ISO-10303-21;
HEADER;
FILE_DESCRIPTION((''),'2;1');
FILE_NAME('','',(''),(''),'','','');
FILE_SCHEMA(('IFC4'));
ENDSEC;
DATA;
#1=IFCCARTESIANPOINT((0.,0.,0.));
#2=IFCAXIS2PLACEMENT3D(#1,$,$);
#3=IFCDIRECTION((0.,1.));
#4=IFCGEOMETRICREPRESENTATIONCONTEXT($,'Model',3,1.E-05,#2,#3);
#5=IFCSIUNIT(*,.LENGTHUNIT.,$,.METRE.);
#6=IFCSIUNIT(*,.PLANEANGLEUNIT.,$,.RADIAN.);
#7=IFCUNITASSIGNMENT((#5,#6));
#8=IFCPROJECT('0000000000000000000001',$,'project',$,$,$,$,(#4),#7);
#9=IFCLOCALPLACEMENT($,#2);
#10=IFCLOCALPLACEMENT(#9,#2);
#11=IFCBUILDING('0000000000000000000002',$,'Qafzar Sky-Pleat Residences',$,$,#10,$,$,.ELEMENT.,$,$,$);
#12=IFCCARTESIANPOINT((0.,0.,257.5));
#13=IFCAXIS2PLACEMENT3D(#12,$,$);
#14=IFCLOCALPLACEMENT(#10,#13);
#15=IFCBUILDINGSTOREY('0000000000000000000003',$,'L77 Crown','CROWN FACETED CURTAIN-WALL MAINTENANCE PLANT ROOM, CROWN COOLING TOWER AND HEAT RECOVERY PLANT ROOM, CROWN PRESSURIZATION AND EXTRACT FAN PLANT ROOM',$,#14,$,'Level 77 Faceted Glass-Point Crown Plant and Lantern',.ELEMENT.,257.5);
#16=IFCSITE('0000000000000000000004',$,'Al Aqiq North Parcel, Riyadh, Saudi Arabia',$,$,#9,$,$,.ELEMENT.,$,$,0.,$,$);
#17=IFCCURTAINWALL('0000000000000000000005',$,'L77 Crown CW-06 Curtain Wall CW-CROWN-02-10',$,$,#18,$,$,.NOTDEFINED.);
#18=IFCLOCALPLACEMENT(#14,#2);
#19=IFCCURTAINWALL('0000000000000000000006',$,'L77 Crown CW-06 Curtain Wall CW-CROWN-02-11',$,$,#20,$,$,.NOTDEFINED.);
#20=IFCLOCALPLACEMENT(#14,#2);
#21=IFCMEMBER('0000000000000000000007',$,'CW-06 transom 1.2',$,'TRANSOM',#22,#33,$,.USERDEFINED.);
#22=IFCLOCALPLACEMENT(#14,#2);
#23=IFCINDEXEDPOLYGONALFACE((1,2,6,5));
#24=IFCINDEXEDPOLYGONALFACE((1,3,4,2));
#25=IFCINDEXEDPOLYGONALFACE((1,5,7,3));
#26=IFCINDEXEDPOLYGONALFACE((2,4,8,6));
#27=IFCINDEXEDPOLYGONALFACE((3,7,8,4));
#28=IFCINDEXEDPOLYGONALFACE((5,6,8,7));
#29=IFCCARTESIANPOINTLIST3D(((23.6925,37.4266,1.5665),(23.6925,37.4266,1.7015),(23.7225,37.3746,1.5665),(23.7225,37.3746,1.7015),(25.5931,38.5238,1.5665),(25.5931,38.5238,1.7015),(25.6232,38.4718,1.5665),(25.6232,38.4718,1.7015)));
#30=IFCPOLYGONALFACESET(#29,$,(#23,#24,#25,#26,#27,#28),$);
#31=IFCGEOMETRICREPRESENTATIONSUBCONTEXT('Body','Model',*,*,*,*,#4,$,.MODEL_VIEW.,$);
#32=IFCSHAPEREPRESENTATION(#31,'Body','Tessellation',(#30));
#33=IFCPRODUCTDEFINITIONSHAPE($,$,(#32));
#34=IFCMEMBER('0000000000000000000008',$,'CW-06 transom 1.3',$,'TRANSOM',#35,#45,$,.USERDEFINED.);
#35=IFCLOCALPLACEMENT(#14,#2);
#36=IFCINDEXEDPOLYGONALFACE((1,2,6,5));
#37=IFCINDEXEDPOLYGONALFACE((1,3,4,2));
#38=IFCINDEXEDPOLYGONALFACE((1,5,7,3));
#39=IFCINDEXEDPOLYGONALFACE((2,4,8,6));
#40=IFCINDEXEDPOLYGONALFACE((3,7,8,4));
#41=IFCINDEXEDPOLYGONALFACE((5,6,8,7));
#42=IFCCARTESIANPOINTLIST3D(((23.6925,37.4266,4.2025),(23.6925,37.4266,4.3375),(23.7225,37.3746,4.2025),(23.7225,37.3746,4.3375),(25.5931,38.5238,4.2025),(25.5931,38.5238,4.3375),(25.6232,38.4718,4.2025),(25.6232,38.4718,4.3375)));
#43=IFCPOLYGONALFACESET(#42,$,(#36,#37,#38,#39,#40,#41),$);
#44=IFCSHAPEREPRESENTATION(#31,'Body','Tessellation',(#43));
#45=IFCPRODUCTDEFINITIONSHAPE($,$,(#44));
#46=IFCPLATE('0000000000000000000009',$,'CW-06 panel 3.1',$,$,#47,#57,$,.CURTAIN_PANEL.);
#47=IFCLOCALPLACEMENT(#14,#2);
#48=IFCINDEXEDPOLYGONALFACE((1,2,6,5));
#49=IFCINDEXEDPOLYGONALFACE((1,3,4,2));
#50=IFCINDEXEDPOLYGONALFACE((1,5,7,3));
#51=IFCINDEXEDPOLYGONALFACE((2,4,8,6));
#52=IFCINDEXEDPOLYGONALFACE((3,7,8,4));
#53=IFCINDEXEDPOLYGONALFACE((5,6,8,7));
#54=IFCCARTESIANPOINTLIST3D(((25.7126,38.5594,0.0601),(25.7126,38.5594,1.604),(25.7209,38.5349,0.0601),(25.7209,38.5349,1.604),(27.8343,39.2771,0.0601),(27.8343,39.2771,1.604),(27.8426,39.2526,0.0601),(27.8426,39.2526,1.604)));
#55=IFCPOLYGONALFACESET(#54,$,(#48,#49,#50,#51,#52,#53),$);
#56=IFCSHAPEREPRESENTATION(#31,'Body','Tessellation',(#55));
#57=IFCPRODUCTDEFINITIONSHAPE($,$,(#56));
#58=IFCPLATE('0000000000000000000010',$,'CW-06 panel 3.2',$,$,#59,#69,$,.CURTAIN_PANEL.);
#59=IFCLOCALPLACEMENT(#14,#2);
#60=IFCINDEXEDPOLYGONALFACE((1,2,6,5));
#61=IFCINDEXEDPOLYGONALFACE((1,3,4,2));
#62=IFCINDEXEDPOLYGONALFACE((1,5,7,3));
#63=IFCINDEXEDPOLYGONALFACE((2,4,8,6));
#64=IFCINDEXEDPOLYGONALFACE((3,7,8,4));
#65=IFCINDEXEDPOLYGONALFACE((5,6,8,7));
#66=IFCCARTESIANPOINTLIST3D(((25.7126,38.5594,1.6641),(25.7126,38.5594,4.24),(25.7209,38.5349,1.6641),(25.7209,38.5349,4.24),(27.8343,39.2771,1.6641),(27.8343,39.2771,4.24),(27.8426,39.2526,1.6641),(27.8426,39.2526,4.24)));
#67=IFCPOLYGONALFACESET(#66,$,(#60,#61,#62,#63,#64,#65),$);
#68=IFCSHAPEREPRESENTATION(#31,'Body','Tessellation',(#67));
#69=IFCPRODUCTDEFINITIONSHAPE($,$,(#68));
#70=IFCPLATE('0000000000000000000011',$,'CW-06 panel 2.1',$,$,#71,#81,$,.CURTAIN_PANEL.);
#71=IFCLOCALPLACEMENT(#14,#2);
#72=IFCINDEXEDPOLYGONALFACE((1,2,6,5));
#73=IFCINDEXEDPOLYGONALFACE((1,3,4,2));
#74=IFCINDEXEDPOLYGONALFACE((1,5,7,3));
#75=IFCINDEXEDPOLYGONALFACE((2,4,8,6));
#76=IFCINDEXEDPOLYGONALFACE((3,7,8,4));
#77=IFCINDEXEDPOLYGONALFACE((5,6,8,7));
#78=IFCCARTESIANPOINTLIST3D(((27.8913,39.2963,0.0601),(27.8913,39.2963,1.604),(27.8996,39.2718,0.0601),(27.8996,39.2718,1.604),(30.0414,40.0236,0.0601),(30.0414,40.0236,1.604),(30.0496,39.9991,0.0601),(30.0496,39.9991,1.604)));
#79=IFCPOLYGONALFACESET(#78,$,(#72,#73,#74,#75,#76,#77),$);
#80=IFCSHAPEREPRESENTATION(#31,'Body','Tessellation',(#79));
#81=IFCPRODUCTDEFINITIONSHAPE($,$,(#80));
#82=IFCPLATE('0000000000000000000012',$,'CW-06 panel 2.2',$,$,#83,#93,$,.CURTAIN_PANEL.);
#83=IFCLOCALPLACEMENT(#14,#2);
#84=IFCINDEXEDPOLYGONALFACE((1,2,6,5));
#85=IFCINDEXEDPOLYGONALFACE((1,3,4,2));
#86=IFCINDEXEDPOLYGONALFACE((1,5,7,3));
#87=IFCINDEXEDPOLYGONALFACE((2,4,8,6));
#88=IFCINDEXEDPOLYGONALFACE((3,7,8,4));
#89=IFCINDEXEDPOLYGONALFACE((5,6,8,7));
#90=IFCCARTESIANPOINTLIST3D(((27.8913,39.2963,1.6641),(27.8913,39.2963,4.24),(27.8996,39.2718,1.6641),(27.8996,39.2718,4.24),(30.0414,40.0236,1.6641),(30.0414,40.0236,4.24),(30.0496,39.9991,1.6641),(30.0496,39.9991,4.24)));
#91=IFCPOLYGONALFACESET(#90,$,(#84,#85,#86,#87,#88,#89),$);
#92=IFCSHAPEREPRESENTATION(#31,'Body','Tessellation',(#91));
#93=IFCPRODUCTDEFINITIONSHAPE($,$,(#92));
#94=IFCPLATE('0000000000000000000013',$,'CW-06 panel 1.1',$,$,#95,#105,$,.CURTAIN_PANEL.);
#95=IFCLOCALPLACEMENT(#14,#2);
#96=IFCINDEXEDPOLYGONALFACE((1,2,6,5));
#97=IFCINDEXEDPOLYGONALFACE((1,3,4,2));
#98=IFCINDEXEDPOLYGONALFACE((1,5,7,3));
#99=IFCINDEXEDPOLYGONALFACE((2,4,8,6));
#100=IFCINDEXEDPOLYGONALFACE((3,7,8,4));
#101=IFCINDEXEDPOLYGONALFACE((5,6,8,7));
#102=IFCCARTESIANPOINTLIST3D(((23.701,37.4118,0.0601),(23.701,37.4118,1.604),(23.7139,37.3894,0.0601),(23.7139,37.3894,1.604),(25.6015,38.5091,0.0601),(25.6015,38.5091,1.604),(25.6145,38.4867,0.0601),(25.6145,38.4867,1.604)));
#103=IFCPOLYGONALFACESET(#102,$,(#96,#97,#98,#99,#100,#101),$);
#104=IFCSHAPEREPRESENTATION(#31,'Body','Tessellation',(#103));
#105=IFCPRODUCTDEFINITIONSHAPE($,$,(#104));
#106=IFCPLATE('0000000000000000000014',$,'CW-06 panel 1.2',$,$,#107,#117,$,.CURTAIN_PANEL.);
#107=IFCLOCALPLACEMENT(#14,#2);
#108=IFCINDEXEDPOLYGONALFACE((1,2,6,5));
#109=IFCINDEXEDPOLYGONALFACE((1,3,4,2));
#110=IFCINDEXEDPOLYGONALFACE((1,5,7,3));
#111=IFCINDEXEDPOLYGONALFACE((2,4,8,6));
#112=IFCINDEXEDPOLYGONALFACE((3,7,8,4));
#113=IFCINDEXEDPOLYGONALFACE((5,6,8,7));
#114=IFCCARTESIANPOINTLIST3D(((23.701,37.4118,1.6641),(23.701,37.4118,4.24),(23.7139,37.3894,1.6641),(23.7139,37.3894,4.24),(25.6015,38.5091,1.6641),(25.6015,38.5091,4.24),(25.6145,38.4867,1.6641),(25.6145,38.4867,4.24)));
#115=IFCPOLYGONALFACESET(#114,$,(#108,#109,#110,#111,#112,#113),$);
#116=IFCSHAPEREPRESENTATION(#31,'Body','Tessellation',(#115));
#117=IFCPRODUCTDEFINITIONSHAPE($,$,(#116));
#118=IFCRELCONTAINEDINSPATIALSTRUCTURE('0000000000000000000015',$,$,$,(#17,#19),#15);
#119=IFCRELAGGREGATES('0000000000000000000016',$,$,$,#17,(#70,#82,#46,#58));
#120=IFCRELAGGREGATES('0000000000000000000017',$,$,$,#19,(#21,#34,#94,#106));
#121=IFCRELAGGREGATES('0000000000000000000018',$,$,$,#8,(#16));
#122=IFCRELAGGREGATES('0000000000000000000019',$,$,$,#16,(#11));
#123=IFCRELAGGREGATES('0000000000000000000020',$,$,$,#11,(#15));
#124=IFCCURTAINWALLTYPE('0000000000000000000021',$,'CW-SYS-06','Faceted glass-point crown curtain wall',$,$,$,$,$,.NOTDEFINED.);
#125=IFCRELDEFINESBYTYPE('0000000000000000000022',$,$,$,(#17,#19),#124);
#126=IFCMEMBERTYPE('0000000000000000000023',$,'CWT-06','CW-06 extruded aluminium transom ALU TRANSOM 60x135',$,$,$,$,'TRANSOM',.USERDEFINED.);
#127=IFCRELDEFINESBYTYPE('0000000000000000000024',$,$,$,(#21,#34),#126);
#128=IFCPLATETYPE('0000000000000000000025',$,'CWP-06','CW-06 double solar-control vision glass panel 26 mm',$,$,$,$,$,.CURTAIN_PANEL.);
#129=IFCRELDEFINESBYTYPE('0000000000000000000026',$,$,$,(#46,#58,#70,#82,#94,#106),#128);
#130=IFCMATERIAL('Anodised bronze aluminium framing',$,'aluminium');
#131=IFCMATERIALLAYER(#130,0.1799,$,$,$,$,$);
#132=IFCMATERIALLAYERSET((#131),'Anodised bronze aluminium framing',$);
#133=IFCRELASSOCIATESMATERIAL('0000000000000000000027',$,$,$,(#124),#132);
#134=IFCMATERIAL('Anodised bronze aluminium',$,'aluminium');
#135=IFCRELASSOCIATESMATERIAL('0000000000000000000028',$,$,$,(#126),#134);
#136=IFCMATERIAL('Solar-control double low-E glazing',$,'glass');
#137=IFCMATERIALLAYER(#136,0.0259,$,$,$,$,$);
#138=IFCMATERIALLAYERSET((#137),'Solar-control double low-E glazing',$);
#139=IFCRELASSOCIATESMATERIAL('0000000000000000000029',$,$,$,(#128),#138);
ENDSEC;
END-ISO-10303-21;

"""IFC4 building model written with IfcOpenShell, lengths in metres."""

from ifc_helpers import new_model, si_unit, direction, frame, origin, origin_2d, place, context, subcontext, project, spatial, rectangle, extrude, source, transform, mapped, material, layer, layer_set, material_profile, profile_set, type_object, element, aggregate, save


model = new_model("IFC4")

# Units and contexts
model_context = context("Model", 3, precision=1e-05, world=origin(), true_north=direction((0.0, 1.0)))
body_context = subcontext(model_context, "Body", "Model", "MODEL_VIEW")
ifc_project = project(units=[si_unit("LENGTHUNIT", "METRE"), si_unit("PLANEANGLEUNIT", "RADIAN")], contexts=[model_context])

# Site, building, storey
site_placement = place(None, origin())
site = spatial("IfcSite", under=ifc_project, at=site_placement, Name="Al Aqiq North Parcel, Riyadh, Saudi Arabia", CompositionType="ELEMENT", RefElevation=0.0)
building_placement = place(site_placement, origin())
building = spatial("IfcBuilding", under=site, at=building_placement, Name="Qafzar Sky-Pleat Residences", CompositionType="ELEMENT")
storey_placement = place(building_placement, frame((0.0, 0.0, 257.5)))
storey = spatial("IfcBuildingStorey", under=building, at=storey_placement, Name="L77 Crown", Description="CROWN FACETED CURTAIN-WALL MAINTENANCE PLANT ROOM, CROWN COOLING TOWER AND HEAT RECOVERY PLANT ROOM, CROWN PRESSURIZATION AND EXTRACT FAN PLANT ROOM", LongName="Level 77 Faceted Glass-Point Crown Plant and Lantern", CompositionType="ELEMENT", Elevation=257.5)

# Curtain walls
ifc_material_1 = material(Name="Anodised bronze aluminium framing", Category="aluminium")
ifc_layer_1 = layer(ifc_material_1, 0.1799)
ifc_layer_set_1 = layer_set([ifc_layer_1], Name="Anodised bronze aluminium framing")
curtain_wall_type = type_object("IfcCurtainWallType", Name="CW-SYS-06", Description="Faceted glass-point crown curtain wall", PredefinedType="NOTDEFINED", material=ifc_layer_set_1)
curtain_wall_1_placement = place(storey_placement, origin())
curtain_wall_1 = element("IfcCurtainWall", 1, at=curtain_wall_1_placement, inside=storey, type_object=curtain_wall_type, Name="L77 Crown CW-06 Curtain Wall CW-CROWN-02-10", PredefinedType="NOTDEFINED")
ifc_material_2 = material(Name="Anodised bronze aluminium", Category="aluminium")
curtain_wall_2_placement = place(storey_placement, origin())
curtain_wall_2 = element("IfcCurtainWall", 2, at=curtain_wall_2_placement, inside=storey, type_object=curtain_wall_type, Name="L77 Crown CW-06 Curtain Wall CW-CROWN-02-11", PredefinedType="NOTDEFINED")

# Members
ifc_material_profile_1 = material_profile(ifc_material_2, rectangle(XDim=0.0601, YDim=0.135, at=origin_2d()), Name="ALU TRANSOM 60x135")
ifc_profile_set_1 = profile_set([ifc_material_profile_1], Name="Anodised bronze aluminium")
member_type_1 = type_object("IfcMemberType", Name="CWT-06", Description="CW-06 extruded aluminium transom ALU TRANSOM 60x135", ElementType="TRANSOM", PredefinedType="USERDEFINED", material=ifc_profile_set_1)
shared_shape_1 = source(origin(), body_context, "Body", "SweptSolid", [
    extrude(rectangle(XDim=0.0601, YDim=0.135, at=origin_2d()), origin(), (0.0, 0.0, 1.0), 2.1946),
])
member_1_placement = place(storey_placement, frame((25.6082, 38.4978, 1.634), z_axis=(-0.866058, -0.499944, 0.0), x_axis=(0.499944, -0.866058, 0.0)))
member_1 = element("IfcMember", 3, at=member_1_placement, type_object=member_type_1, Name="CW-06 transom 1.2", ObjectType="TRANSOM", PredefinedType="USERDEFINED", context=body_context, shape_type="MappedRepresentation", body=[
    mapped(shared_shape_1, transform((0.0, 0.0, 0.0), x_axis=(1.0, 0.0, 0.0), y_axis=(0.0, 1.0, 0.0), z_axis=(0.0, 0.0, 1.0), scale=1.0)),
])
member_2_placement = place(storey_placement, frame((25.6082, 38.4978, 4.27), z_axis=(-0.866058, -0.499944, 0.0), x_axis=(0.499944, -0.866058, 0.0)))
member_2 = element("IfcMember", 4, at=member_2_placement, type_object=member_type_1, Name="CW-06 transom 1.3", ObjectType="TRANSOM", PredefinedType="USERDEFINED", context=body_context, shape_type="MappedRepresentation", body=[
    mapped(shared_shape_1, transform((0.0, 0.0, 0.0), x_axis=(1.0, 0.0, 0.0), y_axis=(0.0, 1.0, 0.0), z_axis=(0.0, 0.0, 1.0), scale=1.0)),
])

# Plates
ifc_material_3 = material(Name="Solar-control double low-E glazing", Category="glass")
ifc_layer_2 = layer(ifc_material_3, 0.0259)
ifc_layer_set_2 = layer_set([ifc_layer_2], Name="Solar-control double low-E glazing")
plate_type = type_object("IfcPlateType", Name="CWP-06", Description="CW-06 double solar-control vision glass panel 26 mm", PredefinedType="CURTAIN_PANEL", material=ifc_layer_set_2)
shared_shape_2 = source(origin(), body_context, "Body", "SweptSolid", [
    extrude(rectangle(XDim=2.2397, YDim=0.0259, at=origin_2d()), origin(), (0.0, 0.0, 1.0), 1.5439),
])
plate_1_placement = place(storey_placement, frame((26.7776, 38.906, 0.0601), z_axis=(0.0, 0.0, 1.0), x_axis=(-0.947266, -0.320448, 0.0)))
plate_1 = element("IfcPlate", 5, at=plate_1_placement, type_object=plate_type, Name="CW-06 panel 3.1", PredefinedType="CURTAIN_PANEL", context=body_context, shape_type="MappedRepresentation", body=[
    mapped(shared_shape_2, transform((0.0, 0.0, 0.0), x_axis=(1.0, 0.0, 0.0), y_axis=(0.0, 1.0, 0.0), z_axis=(0.0, 0.0, 1.0), scale=1.0)),
])
shared_shape_3 = source(origin(), body_context, "Body", "SweptSolid", [
    extrude(rectangle(XDim=2.2397, YDim=0.0259, at=origin_2d()), origin(), (0.0, 0.0, 1.0), 2.5759),
])
plate_2_placement = place(storey_placement, frame((26.7776, 38.906, 1.6641), z_axis=(0.0, 0.0, 1.0), x_axis=(-0.947266, -0.320448, 0.0)))
plate_2 = element("IfcPlate", 6, at=plate_2_placement, type_object=plate_type, Name="CW-06 panel 3.2", PredefinedType="CURTAIN_PANEL", context=body_context, shape_type="MappedRepresentation", body=[
    mapped(shared_shape_3, transform((0.0, 0.0, 0.0), x_axis=(1.0, 0.0, 0.0), y_axis=(0.0, 1.0, 0.0), z_axis=(0.0, 0.0, 1.0), scale=1.0)),
])
shared_shape_4 = source(origin(), body_context, "Body", "SweptSolid", [
    extrude(rectangle(XDim=2.2698, YDim=0.0259, at=origin_2d()), origin(), (0.0, 0.0, 1.0), 1.5439),
])
plate_3_placement = place(storey_placement, frame((28.9705, 39.6477, 0.0601), z_axis=(0.0, 0.0, 1.0), x_axis=(-0.947266, -0.320448, 0.0)))
plate_3 = element("IfcPlate", 7, at=plate_3_placement, type_object=plate_type, Name="CW-06 panel 2.1", PredefinedType="CURTAIN_PANEL", context=body_context, shape_type="MappedRepresentation", body=[
    mapped(shared_shape_4, transform((0.0, 0.0, 0.0), x_axis=(1.0, 0.0, 0.0), y_axis=(0.0, 1.0, 0.0), z_axis=(0.0, 0.0, 1.0), scale=1.0)),
])
shared_shape_5 = source(origin(), body_context, "Body", "SweptSolid", [
    extrude(rectangle(XDim=2.2698, YDim=0.0259, at=origin_2d()), origin(), (0.0, 0.0, 1.0), 2.5759),
])
plate_4_placement = place(storey_placement, frame((28.9705, 39.6477, 1.6641), z_axis=(0.0, 0.0, 1.0), x_axis=(-0.947266, -0.320448, 0.0)))
plate_4 = element("IfcPlate", 8, at=plate_4_placement, type_object=plate_type, Name="CW-06 panel 2.2", PredefinedType="CURTAIN_PANEL", context=body_context, shape_type="MappedRepresentation", body=[
    mapped(shared_shape_5, transform((0.0, 0.0, 0.0), x_axis=(1.0, 0.0, 0.0), y_axis=(0.0, 1.0, 0.0), z_axis=(0.0, 0.0, 1.0), scale=1.0)),
])
aggregate(curtain_wall_1, [plate_3, plate_4, plate_1, plate_2])
shared_shape_6 = source(origin(), body_context, "Body", "SweptSolid", [
    extrude(rectangle(XDim=2.1946, YDim=0.0259, at=origin_2d()), origin(), (0.0, 0.0, 1.0), 1.5439),
])
plate_5_placement = place(storey_placement, frame((24.6577, 37.9492, 0.0601), z_axis=(0.0, 0.0, 1.0), x_axis=(-0.866026, -0.499999, 0.0)))
plate_5 = element("IfcPlate", 9, at=plate_5_placement, type_object=plate_type, Name="CW-06 panel 1.1", PredefinedType="CURTAIN_PANEL", context=body_context, shape_type="MappedRepresentation", body=[
    mapped(shared_shape_6, transform((0.0, 0.0, 0.0), x_axis=(1.0, 0.0, 0.0), y_axis=(0.0, 1.0, 0.0), z_axis=(0.0, 0.0, 1.0), scale=1.0)),
])
shared_shape_7 = source(origin(), body_context, "Body", "SweptSolid", [
    extrude(rectangle(XDim=2.1946, YDim=0.0259, at=origin_2d()), origin(), (0.0, 0.0, 1.0), 2.5759),
])
plate_6_placement = place(storey_placement, frame((24.6577, 37.9492, 1.6641), z_axis=(0.0, 0.0, 1.0), x_axis=(-0.866026, -0.499999, 0.0)))
plate_6 = element("IfcPlate", 10, at=plate_6_placement, type_object=plate_type, Name="CW-06 panel 1.2", PredefinedType="CURTAIN_PANEL", context=body_context, shape_type="MappedRepresentation", body=[
    mapped(shared_shape_7, transform((0.0, 0.0, 0.0), x_axis=(1.0, 0.0, 0.0), y_axis=(0.0, 1.0, 0.0), z_axis=(0.0, 0.0, 1.0), scale=1.0)),
])
aggregate(curtain_wall_2, [member_1, member_2, plate_5, plate_6])

save(model, "model.ifc")
